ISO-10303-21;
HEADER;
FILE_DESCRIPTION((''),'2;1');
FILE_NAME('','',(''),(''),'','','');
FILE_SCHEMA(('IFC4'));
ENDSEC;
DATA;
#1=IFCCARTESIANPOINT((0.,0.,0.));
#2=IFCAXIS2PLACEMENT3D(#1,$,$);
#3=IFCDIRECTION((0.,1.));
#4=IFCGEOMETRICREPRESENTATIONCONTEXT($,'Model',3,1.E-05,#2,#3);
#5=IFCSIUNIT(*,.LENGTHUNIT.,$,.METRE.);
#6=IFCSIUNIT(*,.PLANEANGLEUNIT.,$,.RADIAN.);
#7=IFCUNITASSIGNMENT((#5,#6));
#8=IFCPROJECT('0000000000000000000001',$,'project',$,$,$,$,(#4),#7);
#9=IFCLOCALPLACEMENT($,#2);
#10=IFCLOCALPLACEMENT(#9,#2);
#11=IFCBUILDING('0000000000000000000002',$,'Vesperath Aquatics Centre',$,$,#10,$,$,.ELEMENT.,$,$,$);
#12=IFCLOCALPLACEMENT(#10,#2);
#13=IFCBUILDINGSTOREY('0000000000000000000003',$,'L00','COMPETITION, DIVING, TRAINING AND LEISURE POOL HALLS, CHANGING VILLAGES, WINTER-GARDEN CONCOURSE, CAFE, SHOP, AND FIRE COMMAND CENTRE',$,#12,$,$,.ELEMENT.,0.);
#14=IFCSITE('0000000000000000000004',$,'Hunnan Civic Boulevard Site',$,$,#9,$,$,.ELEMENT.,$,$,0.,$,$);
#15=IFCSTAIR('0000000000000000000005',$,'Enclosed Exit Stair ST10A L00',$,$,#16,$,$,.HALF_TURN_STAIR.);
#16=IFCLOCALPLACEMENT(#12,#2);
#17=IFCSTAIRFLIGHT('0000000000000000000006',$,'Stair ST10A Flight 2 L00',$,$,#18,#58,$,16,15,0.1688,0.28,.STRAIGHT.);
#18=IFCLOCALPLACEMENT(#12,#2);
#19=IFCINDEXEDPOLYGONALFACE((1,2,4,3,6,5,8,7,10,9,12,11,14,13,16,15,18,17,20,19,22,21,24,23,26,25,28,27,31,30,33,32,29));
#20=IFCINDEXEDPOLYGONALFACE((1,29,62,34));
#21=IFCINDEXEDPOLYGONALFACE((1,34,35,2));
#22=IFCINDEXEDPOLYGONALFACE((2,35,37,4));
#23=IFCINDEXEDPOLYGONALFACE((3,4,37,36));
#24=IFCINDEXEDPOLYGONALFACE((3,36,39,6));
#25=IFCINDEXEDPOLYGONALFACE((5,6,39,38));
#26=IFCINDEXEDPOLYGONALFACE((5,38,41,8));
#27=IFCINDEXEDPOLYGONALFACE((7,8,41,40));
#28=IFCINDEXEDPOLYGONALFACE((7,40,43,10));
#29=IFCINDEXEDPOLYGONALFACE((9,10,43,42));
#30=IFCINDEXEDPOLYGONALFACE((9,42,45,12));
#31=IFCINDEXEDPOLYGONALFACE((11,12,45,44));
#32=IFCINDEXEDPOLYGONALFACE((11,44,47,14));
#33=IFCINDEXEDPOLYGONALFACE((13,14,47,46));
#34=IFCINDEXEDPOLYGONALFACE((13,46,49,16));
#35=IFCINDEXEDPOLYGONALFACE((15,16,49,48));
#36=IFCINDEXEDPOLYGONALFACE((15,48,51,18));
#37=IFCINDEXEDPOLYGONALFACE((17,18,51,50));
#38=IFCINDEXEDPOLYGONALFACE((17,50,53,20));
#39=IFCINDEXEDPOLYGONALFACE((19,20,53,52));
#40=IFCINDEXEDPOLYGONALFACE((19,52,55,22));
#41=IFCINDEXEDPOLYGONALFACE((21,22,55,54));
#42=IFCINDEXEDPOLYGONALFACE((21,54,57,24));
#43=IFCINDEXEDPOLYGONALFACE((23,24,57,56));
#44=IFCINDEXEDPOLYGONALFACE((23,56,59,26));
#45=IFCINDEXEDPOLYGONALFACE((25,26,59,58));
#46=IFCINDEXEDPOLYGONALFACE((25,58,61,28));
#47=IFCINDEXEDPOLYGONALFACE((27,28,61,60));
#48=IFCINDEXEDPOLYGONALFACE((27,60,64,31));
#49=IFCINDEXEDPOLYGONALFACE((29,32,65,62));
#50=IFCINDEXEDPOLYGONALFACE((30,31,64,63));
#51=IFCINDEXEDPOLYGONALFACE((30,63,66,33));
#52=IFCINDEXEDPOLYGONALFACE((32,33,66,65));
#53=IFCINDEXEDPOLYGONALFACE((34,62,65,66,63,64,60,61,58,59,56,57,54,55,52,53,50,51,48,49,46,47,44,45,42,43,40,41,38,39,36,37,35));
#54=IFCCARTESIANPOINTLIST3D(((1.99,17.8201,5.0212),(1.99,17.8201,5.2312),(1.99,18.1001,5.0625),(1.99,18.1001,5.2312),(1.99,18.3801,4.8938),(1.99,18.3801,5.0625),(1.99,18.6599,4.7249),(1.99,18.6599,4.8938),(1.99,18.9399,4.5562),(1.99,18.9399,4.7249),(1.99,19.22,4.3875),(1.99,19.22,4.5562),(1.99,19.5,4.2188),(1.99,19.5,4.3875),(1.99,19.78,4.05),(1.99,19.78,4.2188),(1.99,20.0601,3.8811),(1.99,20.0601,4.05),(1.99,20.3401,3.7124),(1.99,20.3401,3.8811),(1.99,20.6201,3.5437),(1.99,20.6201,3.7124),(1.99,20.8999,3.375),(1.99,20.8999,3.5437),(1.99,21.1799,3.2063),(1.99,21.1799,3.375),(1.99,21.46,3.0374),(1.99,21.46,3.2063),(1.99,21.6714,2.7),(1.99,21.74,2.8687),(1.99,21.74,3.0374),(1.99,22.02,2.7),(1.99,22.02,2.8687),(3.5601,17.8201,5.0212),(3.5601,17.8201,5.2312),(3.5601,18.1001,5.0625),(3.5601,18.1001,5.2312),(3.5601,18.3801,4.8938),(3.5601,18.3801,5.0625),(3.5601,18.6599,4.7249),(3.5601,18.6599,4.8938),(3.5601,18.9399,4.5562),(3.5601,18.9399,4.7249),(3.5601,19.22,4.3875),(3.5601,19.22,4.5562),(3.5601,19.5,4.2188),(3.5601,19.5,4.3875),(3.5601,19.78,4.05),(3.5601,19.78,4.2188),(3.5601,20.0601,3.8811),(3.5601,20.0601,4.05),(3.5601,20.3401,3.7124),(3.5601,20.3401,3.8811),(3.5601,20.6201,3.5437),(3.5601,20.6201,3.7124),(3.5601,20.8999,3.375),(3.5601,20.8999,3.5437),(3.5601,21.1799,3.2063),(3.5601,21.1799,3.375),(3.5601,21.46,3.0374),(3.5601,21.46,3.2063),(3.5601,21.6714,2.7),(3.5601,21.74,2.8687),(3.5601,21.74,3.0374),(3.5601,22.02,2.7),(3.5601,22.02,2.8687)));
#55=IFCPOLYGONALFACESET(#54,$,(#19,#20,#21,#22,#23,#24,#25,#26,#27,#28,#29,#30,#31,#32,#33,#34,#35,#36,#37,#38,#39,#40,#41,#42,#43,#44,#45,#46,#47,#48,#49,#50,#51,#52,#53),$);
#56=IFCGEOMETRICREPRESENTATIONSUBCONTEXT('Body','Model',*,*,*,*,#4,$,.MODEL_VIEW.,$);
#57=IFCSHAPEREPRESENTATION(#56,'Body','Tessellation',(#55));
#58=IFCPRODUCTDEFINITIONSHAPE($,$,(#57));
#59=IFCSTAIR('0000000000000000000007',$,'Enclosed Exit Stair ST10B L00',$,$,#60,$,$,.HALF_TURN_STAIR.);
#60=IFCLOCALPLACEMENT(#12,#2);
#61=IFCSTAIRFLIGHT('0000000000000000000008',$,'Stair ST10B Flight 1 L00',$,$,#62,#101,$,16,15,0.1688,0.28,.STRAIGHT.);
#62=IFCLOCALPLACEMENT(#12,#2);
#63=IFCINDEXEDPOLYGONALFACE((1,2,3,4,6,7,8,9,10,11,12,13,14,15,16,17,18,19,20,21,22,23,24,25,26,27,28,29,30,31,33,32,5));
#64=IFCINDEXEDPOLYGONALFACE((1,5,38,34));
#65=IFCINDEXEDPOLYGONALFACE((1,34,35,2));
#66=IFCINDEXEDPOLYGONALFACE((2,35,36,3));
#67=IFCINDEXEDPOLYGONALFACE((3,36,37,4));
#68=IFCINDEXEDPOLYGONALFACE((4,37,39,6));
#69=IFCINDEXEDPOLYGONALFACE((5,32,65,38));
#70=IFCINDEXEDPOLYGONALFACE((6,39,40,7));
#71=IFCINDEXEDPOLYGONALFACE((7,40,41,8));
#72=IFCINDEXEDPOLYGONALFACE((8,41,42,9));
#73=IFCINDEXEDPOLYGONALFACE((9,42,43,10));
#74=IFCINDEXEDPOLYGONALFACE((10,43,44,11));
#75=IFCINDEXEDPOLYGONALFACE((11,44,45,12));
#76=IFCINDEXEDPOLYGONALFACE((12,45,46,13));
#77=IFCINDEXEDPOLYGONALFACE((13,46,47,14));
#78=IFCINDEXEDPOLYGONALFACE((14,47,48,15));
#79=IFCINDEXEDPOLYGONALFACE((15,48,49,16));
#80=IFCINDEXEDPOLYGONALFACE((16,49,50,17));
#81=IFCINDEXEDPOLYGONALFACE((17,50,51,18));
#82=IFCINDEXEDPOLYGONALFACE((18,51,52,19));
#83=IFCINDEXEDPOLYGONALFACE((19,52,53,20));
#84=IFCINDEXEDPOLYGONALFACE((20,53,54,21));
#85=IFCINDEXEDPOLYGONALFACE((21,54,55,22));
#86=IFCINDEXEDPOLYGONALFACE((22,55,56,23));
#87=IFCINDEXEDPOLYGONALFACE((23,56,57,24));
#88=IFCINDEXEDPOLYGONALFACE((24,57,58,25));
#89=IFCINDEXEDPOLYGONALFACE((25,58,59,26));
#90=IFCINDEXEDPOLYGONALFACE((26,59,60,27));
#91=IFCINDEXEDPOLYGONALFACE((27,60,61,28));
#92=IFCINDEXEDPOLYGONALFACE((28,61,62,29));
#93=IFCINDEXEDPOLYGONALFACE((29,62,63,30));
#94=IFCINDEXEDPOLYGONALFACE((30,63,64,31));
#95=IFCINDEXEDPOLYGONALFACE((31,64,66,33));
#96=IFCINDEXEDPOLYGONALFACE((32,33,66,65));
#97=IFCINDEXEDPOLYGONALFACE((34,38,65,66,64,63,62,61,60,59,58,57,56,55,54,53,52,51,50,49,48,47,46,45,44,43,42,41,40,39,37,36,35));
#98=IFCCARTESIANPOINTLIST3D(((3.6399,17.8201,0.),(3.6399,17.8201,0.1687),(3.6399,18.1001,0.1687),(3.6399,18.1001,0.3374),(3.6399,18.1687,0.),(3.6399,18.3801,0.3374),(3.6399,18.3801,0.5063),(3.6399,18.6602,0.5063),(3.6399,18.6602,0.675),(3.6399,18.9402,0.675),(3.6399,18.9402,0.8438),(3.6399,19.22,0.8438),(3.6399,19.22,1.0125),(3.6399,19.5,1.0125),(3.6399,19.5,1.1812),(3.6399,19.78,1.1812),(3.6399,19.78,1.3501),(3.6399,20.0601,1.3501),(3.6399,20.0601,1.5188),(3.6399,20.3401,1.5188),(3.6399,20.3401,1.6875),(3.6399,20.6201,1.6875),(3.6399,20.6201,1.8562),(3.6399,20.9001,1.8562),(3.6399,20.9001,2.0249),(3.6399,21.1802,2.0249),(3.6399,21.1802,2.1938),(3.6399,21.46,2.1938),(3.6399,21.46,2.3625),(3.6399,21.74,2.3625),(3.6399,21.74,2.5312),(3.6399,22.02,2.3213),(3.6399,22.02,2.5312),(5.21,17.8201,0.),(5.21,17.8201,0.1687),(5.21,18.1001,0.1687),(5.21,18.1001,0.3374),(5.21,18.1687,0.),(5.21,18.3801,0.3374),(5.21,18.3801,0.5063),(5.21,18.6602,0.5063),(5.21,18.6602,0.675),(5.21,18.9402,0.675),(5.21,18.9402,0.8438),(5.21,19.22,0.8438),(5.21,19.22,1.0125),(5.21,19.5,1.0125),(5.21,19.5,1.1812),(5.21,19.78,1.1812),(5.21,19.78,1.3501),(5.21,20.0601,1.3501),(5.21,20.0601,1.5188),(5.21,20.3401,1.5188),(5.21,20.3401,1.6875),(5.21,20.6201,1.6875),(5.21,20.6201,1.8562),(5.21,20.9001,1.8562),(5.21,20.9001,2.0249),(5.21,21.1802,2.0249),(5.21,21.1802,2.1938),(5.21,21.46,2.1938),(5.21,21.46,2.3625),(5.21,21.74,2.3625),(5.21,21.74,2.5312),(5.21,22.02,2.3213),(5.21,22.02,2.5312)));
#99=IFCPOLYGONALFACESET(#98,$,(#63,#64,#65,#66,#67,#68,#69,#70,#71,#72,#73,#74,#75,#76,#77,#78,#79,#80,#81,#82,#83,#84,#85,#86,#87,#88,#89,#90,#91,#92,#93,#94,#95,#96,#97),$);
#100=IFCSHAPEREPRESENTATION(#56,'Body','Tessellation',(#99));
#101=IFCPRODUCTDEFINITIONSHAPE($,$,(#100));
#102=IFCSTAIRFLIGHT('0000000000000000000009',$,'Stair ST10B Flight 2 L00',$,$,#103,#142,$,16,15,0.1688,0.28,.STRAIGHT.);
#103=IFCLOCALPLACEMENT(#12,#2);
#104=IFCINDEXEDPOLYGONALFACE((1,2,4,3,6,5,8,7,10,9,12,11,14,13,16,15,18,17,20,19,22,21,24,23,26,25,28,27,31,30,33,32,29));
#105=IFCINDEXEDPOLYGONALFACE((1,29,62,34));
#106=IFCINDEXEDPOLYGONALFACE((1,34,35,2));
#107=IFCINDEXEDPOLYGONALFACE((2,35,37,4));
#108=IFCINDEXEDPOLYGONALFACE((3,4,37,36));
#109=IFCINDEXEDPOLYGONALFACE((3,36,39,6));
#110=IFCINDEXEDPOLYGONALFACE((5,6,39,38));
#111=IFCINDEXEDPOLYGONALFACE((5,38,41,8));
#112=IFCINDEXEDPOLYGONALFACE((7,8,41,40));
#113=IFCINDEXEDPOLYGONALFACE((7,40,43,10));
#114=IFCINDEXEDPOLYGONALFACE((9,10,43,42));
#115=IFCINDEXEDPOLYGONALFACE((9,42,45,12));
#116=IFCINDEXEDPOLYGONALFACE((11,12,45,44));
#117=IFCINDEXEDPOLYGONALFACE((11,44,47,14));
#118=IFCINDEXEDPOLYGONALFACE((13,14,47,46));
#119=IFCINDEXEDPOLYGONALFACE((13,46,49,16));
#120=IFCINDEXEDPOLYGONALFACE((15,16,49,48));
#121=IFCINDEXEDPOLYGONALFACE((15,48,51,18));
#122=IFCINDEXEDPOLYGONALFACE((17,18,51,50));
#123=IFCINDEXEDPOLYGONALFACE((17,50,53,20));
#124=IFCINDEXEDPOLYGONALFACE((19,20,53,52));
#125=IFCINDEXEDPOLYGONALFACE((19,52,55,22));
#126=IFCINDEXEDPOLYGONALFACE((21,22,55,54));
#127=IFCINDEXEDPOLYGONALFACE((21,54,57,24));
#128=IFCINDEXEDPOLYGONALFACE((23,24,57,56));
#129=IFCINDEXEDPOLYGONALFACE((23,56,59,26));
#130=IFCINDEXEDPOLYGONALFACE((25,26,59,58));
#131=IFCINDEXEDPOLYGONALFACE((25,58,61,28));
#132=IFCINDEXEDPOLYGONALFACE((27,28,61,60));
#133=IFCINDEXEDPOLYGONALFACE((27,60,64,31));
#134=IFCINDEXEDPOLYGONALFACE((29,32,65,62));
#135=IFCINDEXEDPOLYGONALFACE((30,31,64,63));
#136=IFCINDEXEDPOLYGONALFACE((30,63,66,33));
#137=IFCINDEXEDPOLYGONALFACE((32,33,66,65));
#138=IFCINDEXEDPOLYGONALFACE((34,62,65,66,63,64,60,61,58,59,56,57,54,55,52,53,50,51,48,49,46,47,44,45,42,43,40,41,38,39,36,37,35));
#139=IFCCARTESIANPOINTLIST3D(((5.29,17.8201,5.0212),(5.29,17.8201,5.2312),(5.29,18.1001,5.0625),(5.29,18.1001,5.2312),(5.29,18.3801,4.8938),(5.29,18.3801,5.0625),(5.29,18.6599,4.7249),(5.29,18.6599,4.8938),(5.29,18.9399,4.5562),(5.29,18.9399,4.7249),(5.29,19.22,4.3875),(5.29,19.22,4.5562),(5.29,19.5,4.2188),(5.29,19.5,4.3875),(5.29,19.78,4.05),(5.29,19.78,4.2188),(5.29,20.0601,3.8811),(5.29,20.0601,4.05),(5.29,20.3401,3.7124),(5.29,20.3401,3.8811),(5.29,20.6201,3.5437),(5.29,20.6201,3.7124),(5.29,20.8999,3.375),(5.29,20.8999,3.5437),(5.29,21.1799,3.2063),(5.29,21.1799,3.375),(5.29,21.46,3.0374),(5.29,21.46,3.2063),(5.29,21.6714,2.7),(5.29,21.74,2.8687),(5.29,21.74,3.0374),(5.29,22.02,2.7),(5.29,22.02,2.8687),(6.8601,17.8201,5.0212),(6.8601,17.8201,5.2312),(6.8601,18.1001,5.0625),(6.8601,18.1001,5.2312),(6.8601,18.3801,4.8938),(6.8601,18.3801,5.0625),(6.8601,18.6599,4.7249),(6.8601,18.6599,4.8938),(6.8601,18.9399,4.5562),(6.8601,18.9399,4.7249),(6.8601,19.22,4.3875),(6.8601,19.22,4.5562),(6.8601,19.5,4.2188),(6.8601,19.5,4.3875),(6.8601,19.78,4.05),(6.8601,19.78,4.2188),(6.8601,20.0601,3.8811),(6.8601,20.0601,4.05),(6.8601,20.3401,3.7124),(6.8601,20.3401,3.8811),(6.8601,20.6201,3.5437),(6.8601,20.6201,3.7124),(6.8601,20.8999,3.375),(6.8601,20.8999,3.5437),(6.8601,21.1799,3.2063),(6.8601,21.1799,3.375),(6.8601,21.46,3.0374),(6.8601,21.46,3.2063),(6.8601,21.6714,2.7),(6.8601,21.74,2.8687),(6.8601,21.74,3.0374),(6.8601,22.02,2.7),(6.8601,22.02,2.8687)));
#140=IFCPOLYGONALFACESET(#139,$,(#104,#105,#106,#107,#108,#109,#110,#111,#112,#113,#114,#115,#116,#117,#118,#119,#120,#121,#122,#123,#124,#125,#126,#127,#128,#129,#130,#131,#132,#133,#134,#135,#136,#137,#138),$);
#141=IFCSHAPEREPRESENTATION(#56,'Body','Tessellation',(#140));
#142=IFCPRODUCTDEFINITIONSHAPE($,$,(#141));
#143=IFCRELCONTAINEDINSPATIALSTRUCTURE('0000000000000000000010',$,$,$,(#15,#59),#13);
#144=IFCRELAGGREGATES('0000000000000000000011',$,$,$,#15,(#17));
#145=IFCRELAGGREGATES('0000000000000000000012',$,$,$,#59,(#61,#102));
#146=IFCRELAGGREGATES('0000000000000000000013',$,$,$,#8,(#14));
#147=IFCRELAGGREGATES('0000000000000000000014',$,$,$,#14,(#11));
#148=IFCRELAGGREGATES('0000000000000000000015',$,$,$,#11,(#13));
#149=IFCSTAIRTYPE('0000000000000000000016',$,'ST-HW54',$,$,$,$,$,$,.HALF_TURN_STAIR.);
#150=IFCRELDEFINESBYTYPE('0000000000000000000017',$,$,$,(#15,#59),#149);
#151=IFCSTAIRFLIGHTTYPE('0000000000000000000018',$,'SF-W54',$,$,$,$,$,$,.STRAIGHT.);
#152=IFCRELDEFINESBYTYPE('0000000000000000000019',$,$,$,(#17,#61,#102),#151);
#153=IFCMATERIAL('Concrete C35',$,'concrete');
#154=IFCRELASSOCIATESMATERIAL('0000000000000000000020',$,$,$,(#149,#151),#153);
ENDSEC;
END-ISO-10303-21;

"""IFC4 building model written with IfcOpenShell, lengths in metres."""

from ifc_helpers import new_model, si_unit, direction, frame, origin, place, context, subcontext, project, spatial, polyline, outline, extrude, material, type_object, element, aggregate, save


model = new_model("IFC4")

# Units and contexts
model_context = context("Model", 3, precision=1e-05, world=origin(), true_north=direction((0.0, 1.0)))
body_context = subcontext(model_context, "Body", "Model", "MODEL_VIEW")
ifc_project = project(units=[si_unit("LENGTHUNIT", "METRE"), si_unit("PLANEANGLEUNIT", "RADIAN")], contexts=[model_context])

# Site, building, storey
site_placement = place(None, origin())
site = spatial("IfcSite", under=ifc_project, at=site_placement, Name="Hunnan Civic Boulevard Site", CompositionType="ELEMENT", RefElevation=0.0)
building_placement = place(site_placement, origin())
building = spatial("IfcBuilding", under=site, at=building_placement, Name="Vesperath Aquatics Centre", CompositionType="ELEMENT")
storey_placement = place(building_placement, origin())
storey = spatial("IfcBuildingStorey", under=building, at=storey_placement, Name="L00", Description="COMPETITION, DIVING, TRAINING AND LEISURE POOL HALLS, CHANGING VILLAGES, WINTER-GARDEN CONCOURSE, CAFE, SHOP, AND FIRE COMMAND CENTRE", CompositionType="ELEMENT", Elevation=0.0)

# Shared definitions
ifc_material_1 = material(Name="Concrete C35", Category="concrete")

# Stairs, stair flights
stair_type = type_object("IfcStairType", Name="ST-HW54", PredefinedType="HALF_TURN_STAIR", material=ifc_material_1)
stair_1_placement = place(storey_placement, origin())
stair_1 = element("IfcStair", 1, at=stair_1_placement, inside=storey, type_object=stair_type, Name="Enclosed Exit Stair ST10A L00", PredefinedType="HALF_TURN_STAIR")
stair_flight_type = type_object("IfcStairFlightType", Name="SF-W54", PredefinedType="STRAIGHT", material=ifc_material_1)
stair_flight_1_placement = place(storey_placement, frame((2.7749, 22.02, 2.7), z_axis=(0.0, 0.0, 1.0), x_axis=(0.0, -1.0, 0.0)))
stair_flight_1 = element("IfcStairFlight", 2, at=stair_flight_1_placement, type_object=stair_flight_type, Name="Stair ST10A Flight 2 L00", NumberOfRisers=16, NumberOfTreads=15, PredefinedType="STRAIGHT", RiserHeight=0.1688, TreadLength=0.28, context=body_context, shape_type="SweptSolid", body=[
    extrude(outline(polyline([(0.0, 0.0), (0.0, 0.1687), (0.28, 0.1687), (0.28, 0.3374), (0.5601, 0.3374), (0.5601, 0.5063), (0.8401, 0.5063), (0.8401, 0.675), (1.1201, 0.675), (1.1201, 0.8438), (1.3999, 0.8438), (1.3999, 1.0125), (1.6799, 1.0125), (1.6799, 1.1812), (1.96, 1.1812), (1.96, 1.3501), (2.24, 1.3501), (2.24, 1.5188), (2.52, 1.5188), (2.52, 1.6875), (2.8, 1.6875), (2.8, 1.8562), (3.0801, 1.8562), (3.0801, 2.0249), (3.3601, 2.0249), (3.3601, 2.1938), (3.6399, 2.1938), (3.6399, 2.3625), (3.9199, 2.3625), (3.9199, 2.5312), (4.2, 2.5312), (4.2, 2.7), (4.2, 2.3213), (0.3486, 0.0), (0.0, 0.0)])), frame((0.0, 0.7852, 0.0), z_axis=(0.0, -1.0, 0.0), x_axis=(1.0, 0.0, 0.0)), (0.0, 0.0, 1.0), 1.5701),
])
aggregate(stair_1, [stair_flight_1])
stair_2_placement = place(storey_placement, origin())
stair_2 = element("IfcStair", 3, at=stair_2_placement, inside=storey, type_object=stair_type, Name="Enclosed Exit Stair ST10B L00", PredefinedType="HALF_TURN_STAIR")
stair_flight_2_placement = place(storey_placement, frame((4.425, 17.8201, 0.0), z_axis=(0.0, 0.0, 1.0), x_axis=(0.0, 1.0, 0.0)))
stair_flight_2 = element("IfcStairFlight", 4, at=stair_flight_2_placement, type_object=stair_flight_type, Name="Stair ST10B Flight 1 L00", NumberOfRisers=16, NumberOfTreads=15, PredefinedType="STRAIGHT", RiserHeight=0.1688, TreadLength=0.28, context=body_context, shape_type="SweptSolid", body=[
    extrude(outline(polyline([(0.0, 0.0), (0.0, 0.1687), (0.28, 0.1687), (0.28, 0.3374), (0.5601, 0.3374), (0.5601, 0.5063), (0.8401, 0.5063), (0.8401, 0.675), (1.1201, 0.675), (1.1201, 0.8438), (1.3999, 0.8438), (1.3999, 1.0125), (1.6799, 1.0125), (1.6799, 1.1812), (1.96, 1.1812), (1.96, 1.3501), (2.24, 1.3501), (2.24, 1.5188), (2.52, 1.5188), (2.52, 1.6875), (2.8, 1.6875), (2.8, 1.8562), (3.0801, 1.8562), (3.0801, 2.0249), (3.3601, 2.0249), (3.3601, 2.1938), (3.6399, 2.1938), (3.6399, 2.3625), (3.9199, 2.3625), (3.9199, 2.5312), (4.2, 2.5312), (4.2, 2.7), (4.2, 2.3213), (0.3486, 0.0), (0.0, 0.0)])), frame((0.0, 0.7852, 0.0), z_axis=(0.0, -1.0, 0.0), x_axis=(1.0, 0.0, 0.0)), (0.0, 0.0, 1.0), 1.5701),
])
stair_flight_3_placement = place(storey_placement, frame((6.075, 22.02, 2.7), z_axis=(0.0, 0.0, 1.0), x_axis=(0.0, -1.0, 0.0)))
stair_flight_3 = element("IfcStairFlight", 5, at=stair_flight_3_placement, type_object=stair_flight_type, Name="Stair ST10B Flight 2 L00", NumberOfRisers=16, NumberOfTreads=15, PredefinedType="STRAIGHT", RiserHeight=0.1688, TreadLength=0.28, context=body_context, shape_type="SweptSolid", body=[
    extrude(outline(polyline([(0.0, 0.0), (0.0, 0.1687), (0.28, 0.1687), (0.28, 0.3374), (0.5601, 0.3374), (0.5601, 0.5063), (0.8401, 0.5063), (0.8401, 0.675), (1.1201, 0.675), (1.1201, 0.8438), (1.3999, 0.8438), (1.3999, 1.0125), (1.6799, 1.0125), (1.6799, 1.1812), (1.96, 1.1812), (1.96, 1.3501), (2.24, 1.3501), (2.24, 1.5188), (2.52, 1.5188), (2.52, 1.6875), (2.8, 1.6875), (2.8, 1.8562), (3.0801, 1.8562), (3.0801, 2.0249), (3.3601, 2.0249), (3.3601, 2.1938), (3.6399, 2.1938), (3.6399, 2.3625), (3.9199, 2.3625), (3.9199, 2.5312), (4.2, 2.5312), (4.2, 2.7), (4.2, 2.3213), (0.3486, 0.0), (0.0, 0.0)])), frame((0.0, 0.7852, 0.0), z_axis=(0.0, -1.0, 0.0), x_axis=(1.0, 0.0, 0.0)), (0.0, 0.0, 1.0), 1.5701),
])
aggregate(stair_2, [stair_flight_2, stair_flight_3])

save(model, "model.ifc")
